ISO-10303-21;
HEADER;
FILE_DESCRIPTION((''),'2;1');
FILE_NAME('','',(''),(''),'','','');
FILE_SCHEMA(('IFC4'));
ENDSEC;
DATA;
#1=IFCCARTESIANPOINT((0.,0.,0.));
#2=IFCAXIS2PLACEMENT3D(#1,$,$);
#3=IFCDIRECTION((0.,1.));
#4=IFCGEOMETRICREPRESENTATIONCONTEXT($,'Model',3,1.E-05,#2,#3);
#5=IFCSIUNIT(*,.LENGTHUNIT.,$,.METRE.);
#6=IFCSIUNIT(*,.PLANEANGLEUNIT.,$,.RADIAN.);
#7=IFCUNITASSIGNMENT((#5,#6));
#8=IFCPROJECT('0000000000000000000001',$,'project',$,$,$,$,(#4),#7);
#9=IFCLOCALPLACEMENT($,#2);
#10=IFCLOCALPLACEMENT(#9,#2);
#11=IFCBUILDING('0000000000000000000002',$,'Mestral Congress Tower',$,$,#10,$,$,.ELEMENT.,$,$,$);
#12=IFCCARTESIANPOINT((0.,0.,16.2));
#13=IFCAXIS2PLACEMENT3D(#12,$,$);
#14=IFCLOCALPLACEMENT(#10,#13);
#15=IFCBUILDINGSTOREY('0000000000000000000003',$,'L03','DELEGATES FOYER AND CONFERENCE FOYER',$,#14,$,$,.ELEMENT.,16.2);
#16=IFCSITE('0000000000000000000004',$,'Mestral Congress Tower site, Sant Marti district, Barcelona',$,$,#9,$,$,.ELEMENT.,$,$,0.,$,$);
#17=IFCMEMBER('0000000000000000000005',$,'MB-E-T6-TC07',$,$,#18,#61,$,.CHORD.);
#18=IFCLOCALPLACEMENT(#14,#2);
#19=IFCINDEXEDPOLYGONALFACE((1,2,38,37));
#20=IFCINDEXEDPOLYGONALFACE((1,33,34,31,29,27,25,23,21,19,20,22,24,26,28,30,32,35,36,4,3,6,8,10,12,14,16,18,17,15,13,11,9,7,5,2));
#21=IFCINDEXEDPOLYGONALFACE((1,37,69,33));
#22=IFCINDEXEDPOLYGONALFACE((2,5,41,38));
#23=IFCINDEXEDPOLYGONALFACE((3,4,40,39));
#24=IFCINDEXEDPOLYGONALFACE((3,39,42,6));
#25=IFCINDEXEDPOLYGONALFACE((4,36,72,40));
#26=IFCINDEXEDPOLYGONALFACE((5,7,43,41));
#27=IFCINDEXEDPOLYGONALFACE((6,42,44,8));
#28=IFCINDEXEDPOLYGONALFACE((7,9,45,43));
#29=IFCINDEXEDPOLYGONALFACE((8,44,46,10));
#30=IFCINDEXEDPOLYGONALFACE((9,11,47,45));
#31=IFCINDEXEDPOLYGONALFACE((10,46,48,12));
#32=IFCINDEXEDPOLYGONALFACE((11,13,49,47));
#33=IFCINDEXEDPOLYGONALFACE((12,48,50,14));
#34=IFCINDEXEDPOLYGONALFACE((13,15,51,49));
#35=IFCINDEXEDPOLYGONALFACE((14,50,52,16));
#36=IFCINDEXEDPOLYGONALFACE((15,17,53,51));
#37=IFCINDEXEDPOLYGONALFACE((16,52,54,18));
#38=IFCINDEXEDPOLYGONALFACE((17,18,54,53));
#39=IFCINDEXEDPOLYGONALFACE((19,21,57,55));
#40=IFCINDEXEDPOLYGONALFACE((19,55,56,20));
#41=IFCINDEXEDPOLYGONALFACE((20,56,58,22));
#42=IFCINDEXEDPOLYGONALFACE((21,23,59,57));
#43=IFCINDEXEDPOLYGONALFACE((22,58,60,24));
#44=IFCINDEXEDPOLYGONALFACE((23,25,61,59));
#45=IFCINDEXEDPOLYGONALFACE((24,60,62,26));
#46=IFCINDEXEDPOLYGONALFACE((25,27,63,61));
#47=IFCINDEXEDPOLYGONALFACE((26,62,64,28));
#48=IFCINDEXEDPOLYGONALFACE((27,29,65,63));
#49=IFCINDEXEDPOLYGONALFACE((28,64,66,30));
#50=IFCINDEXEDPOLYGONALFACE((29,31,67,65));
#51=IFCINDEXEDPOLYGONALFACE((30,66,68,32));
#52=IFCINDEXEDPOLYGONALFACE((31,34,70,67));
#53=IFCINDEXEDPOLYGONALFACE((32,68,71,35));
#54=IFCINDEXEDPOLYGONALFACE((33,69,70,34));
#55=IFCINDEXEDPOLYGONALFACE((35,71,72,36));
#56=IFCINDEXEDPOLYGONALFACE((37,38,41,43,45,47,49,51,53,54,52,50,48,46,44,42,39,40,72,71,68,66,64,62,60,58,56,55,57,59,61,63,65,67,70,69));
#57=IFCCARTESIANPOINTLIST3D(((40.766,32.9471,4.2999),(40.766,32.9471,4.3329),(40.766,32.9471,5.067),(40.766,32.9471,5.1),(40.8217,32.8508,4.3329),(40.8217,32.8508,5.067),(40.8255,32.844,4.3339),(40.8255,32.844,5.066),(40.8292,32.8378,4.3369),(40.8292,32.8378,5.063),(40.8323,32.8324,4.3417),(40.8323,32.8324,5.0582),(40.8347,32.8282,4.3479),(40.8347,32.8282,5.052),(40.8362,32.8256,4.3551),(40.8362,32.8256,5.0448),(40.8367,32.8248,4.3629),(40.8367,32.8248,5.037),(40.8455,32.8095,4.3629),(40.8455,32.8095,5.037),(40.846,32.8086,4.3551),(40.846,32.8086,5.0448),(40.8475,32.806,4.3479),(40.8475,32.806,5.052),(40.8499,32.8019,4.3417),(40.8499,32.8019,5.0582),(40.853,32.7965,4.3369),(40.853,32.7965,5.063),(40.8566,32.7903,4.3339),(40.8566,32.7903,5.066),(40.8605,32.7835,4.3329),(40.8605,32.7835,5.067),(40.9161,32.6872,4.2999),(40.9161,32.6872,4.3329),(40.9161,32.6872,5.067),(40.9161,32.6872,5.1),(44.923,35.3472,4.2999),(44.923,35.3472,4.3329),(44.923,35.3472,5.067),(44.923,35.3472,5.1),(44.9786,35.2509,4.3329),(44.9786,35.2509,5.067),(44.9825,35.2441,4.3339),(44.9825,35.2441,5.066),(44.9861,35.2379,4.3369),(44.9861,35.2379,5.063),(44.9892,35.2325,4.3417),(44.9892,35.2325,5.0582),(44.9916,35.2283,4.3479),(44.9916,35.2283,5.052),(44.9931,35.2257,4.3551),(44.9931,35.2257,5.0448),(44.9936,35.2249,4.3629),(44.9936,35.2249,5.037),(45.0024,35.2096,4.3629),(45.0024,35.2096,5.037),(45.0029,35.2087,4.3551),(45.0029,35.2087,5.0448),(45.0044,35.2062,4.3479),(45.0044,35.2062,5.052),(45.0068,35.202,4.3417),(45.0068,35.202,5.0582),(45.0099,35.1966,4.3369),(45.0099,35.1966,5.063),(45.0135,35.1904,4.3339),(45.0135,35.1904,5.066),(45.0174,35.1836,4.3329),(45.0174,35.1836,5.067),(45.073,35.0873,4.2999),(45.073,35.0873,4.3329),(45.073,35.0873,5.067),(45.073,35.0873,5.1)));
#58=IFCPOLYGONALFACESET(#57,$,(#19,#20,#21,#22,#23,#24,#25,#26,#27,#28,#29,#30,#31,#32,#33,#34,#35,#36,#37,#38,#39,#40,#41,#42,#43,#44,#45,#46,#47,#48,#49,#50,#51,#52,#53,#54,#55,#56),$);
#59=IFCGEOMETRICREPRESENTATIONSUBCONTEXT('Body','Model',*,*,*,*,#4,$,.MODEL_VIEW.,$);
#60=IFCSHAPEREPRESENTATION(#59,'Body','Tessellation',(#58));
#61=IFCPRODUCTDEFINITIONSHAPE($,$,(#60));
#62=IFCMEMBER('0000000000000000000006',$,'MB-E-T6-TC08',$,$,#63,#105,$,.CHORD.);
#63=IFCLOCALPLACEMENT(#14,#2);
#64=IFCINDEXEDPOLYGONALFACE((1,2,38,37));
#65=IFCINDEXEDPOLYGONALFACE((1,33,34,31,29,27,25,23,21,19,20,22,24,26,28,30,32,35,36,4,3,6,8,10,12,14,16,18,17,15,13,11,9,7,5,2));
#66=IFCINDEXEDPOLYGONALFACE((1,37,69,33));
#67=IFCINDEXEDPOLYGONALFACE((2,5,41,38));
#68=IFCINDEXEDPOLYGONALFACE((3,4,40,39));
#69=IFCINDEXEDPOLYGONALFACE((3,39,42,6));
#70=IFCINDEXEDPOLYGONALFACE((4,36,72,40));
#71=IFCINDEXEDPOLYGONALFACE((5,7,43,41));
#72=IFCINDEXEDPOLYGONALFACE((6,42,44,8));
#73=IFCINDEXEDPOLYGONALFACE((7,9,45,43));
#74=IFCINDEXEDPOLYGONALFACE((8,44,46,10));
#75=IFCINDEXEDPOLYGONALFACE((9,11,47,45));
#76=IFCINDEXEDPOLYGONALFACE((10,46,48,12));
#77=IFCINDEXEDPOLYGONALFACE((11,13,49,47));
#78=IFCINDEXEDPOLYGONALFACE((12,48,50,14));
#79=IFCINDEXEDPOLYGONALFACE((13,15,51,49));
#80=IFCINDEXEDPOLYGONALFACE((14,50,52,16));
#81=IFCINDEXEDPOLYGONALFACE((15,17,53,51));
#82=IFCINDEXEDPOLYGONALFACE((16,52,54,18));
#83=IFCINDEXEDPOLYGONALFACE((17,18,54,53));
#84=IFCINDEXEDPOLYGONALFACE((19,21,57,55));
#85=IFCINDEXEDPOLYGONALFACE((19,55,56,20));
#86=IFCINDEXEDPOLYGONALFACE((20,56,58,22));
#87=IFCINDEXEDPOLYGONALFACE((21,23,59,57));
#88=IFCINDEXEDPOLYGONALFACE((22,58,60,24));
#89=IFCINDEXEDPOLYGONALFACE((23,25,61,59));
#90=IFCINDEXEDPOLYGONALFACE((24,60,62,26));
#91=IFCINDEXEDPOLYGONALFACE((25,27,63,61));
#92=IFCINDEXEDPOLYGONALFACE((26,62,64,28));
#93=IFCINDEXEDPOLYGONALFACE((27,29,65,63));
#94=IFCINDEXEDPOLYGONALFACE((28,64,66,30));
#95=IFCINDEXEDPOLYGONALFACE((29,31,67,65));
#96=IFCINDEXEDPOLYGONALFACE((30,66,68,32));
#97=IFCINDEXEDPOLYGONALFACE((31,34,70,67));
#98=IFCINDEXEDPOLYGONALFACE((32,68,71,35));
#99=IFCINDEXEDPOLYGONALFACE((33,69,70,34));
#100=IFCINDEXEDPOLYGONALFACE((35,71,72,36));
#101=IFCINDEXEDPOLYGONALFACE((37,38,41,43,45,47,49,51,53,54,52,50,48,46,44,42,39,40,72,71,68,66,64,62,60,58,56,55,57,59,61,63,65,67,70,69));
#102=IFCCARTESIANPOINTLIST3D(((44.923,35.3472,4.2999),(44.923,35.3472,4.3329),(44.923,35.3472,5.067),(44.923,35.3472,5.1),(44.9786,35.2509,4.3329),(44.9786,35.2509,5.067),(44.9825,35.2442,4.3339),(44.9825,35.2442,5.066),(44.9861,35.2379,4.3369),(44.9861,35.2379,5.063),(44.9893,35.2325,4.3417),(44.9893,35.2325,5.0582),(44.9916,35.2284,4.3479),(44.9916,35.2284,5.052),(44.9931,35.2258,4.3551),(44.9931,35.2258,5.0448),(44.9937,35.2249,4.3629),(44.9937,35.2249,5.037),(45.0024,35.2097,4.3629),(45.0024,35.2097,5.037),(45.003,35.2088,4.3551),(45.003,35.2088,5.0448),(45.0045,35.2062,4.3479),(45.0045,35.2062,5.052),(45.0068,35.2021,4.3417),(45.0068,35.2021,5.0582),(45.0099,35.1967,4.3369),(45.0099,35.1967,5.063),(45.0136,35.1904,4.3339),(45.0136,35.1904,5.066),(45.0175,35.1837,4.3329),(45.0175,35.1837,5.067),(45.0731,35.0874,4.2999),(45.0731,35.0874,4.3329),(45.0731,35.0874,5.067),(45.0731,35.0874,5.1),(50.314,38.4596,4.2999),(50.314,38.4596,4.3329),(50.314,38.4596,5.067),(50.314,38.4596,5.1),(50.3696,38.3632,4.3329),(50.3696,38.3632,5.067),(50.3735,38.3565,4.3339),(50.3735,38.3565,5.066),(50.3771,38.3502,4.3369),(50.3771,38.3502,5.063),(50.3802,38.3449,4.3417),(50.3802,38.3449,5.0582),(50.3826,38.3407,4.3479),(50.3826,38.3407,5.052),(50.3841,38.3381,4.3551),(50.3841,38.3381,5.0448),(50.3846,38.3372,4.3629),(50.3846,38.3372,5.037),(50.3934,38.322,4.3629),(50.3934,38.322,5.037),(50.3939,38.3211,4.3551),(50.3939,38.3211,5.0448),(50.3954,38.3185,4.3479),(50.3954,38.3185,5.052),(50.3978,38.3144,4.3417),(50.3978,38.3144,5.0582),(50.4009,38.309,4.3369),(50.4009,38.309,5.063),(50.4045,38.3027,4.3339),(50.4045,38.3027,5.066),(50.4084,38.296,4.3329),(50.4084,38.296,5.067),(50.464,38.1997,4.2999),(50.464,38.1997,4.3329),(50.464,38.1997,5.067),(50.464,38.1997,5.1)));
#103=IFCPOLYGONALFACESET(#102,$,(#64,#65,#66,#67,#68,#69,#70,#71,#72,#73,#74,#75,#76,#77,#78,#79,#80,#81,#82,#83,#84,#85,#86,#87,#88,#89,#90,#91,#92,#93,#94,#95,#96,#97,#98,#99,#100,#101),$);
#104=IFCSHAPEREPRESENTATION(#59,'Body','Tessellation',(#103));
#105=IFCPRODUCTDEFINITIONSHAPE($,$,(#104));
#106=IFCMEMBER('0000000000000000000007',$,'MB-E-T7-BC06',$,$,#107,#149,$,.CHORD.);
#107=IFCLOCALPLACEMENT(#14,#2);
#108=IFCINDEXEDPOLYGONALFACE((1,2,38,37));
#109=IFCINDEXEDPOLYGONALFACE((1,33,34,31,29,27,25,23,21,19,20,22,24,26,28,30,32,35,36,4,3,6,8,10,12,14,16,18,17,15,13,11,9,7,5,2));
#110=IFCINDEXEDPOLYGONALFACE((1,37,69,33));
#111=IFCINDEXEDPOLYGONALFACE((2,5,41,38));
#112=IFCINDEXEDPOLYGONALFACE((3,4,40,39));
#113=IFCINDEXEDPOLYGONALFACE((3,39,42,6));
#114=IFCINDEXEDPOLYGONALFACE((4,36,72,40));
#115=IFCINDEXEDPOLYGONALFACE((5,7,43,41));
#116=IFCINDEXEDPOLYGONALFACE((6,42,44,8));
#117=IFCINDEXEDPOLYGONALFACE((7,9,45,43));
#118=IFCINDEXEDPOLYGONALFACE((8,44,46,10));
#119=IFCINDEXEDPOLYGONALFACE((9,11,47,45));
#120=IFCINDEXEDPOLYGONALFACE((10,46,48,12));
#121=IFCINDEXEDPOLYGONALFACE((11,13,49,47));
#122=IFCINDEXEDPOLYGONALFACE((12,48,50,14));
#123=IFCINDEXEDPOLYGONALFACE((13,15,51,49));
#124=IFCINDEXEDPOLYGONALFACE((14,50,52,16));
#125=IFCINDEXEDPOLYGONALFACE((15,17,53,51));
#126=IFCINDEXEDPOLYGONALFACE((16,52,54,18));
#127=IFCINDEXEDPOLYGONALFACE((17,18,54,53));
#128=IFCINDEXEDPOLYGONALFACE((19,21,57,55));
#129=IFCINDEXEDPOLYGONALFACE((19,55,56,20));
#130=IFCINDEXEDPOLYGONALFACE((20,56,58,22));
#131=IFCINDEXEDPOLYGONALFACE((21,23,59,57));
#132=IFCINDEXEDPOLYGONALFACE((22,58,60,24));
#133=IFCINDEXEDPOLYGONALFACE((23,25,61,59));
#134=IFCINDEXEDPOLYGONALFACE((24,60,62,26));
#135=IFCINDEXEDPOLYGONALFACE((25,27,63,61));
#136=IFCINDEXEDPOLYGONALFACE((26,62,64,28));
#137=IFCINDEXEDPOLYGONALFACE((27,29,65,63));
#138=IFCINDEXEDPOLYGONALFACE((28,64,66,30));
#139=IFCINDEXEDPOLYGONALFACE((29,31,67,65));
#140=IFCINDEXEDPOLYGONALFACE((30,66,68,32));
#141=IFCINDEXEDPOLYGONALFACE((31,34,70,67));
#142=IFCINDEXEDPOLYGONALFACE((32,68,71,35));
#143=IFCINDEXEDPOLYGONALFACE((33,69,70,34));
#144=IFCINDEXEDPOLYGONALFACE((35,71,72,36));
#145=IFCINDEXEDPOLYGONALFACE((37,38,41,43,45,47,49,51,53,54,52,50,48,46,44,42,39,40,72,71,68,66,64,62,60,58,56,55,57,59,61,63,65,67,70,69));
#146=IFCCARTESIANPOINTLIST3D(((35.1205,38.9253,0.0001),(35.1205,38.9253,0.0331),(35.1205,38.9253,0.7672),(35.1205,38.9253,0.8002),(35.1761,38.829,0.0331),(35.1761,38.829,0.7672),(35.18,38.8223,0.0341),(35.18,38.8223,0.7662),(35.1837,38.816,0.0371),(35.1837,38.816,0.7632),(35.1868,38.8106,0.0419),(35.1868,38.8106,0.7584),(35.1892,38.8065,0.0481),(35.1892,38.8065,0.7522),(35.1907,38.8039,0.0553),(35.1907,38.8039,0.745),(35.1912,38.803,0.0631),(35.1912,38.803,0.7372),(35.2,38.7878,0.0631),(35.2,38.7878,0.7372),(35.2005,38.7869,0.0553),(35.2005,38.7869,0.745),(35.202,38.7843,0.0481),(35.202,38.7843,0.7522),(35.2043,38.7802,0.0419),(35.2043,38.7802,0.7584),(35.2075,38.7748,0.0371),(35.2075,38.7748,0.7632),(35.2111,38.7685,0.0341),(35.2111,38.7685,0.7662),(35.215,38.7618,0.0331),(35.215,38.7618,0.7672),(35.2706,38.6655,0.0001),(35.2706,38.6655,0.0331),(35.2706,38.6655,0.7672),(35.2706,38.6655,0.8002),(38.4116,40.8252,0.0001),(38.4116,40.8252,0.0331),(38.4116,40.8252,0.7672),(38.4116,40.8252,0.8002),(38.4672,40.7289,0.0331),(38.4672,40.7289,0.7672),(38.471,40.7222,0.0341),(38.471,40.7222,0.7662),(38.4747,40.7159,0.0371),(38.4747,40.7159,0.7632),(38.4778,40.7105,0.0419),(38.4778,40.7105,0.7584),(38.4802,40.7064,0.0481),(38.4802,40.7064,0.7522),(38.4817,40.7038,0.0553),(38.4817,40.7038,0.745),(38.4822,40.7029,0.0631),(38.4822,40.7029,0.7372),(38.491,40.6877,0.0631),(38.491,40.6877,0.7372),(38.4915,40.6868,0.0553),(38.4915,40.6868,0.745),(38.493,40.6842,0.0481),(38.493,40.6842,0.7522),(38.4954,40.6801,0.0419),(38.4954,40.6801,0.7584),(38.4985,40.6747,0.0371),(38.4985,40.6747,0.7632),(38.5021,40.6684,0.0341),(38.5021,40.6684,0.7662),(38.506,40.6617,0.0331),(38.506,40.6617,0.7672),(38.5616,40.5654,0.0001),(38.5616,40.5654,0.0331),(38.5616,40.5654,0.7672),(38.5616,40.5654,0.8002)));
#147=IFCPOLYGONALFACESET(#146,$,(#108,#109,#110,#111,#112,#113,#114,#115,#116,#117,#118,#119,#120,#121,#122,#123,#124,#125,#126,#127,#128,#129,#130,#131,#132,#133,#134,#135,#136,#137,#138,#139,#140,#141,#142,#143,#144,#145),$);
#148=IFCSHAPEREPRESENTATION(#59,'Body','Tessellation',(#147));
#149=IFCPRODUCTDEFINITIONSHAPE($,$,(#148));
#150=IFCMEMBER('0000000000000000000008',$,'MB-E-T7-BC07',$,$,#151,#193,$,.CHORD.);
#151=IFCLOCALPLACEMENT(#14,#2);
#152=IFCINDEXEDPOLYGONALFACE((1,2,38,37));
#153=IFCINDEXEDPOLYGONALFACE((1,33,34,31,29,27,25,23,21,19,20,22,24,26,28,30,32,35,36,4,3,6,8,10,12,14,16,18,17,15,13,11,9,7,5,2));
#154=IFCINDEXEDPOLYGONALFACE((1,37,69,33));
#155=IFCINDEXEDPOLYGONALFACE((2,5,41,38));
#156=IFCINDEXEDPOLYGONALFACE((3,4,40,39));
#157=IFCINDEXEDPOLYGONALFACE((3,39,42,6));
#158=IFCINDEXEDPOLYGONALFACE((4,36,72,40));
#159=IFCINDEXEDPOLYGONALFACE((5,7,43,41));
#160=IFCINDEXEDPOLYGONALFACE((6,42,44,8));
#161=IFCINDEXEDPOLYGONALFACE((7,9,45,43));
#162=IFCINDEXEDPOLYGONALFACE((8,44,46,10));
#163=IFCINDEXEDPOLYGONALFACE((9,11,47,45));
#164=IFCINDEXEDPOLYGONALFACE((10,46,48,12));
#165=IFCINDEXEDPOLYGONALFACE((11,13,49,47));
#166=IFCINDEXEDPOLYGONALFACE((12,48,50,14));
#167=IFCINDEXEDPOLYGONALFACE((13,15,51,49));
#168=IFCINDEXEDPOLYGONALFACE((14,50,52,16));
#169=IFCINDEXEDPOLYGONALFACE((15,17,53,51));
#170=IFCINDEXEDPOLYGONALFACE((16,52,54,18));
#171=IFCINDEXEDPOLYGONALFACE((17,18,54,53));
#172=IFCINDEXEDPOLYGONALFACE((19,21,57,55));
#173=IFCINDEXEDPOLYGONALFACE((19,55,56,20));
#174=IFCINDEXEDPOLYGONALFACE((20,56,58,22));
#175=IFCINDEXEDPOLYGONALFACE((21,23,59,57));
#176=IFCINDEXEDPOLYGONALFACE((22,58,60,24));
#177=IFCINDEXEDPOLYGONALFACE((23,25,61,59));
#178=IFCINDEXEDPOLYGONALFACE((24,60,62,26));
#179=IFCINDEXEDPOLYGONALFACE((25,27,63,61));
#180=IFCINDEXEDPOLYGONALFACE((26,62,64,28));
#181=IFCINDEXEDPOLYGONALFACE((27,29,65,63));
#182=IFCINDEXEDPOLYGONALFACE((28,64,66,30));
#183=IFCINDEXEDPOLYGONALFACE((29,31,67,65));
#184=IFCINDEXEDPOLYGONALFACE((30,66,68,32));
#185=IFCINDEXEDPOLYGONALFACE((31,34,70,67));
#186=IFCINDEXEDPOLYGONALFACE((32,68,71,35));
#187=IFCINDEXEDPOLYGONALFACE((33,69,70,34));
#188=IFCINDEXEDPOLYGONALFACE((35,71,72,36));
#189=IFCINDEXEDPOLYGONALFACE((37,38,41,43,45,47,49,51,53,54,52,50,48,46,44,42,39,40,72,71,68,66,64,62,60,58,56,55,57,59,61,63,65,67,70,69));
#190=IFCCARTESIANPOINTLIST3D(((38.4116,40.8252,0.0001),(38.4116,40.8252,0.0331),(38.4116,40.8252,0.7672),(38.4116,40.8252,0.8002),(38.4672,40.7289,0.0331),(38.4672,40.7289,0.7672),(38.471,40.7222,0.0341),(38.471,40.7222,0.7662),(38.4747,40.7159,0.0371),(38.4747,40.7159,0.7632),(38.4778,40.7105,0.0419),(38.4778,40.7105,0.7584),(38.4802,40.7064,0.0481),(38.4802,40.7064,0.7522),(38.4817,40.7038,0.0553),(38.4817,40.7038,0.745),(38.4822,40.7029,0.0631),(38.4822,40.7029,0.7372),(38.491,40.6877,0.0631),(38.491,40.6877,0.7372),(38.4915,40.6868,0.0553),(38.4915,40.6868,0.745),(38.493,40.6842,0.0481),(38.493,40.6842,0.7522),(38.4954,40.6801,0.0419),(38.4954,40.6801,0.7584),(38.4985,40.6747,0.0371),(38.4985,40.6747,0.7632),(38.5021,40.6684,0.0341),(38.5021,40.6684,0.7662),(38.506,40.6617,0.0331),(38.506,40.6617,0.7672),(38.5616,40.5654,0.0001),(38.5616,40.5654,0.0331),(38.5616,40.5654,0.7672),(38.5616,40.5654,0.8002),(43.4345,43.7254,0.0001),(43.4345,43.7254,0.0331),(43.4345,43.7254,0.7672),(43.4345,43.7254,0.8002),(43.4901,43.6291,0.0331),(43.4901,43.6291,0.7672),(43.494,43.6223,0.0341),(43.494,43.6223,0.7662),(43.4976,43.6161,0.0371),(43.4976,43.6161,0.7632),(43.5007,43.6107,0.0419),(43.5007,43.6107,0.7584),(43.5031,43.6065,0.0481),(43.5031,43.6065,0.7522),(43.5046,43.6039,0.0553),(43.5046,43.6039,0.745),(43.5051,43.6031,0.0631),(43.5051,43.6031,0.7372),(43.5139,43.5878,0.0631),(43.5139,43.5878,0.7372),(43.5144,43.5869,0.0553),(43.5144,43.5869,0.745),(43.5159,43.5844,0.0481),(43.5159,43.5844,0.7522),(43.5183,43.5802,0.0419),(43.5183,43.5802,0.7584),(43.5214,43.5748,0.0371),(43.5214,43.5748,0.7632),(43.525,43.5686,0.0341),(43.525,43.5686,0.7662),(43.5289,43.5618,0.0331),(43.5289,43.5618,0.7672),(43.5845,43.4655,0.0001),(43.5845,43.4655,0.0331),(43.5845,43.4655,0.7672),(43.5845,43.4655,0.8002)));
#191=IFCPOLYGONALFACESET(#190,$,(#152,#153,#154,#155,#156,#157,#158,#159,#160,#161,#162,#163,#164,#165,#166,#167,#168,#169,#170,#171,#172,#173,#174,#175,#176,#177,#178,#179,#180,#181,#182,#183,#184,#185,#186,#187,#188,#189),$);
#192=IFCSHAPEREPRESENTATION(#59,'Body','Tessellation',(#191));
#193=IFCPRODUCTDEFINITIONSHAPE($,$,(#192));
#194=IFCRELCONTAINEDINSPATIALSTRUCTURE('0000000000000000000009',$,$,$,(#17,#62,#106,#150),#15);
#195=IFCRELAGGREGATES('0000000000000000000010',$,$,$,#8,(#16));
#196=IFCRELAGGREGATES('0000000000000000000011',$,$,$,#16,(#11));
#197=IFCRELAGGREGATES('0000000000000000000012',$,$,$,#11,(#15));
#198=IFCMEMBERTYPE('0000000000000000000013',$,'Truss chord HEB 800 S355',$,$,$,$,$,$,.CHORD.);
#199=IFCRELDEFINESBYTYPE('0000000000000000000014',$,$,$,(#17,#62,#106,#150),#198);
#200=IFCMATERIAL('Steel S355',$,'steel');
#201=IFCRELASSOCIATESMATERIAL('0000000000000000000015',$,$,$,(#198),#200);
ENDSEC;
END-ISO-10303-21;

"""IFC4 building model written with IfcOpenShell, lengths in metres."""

from ifc_helpers import new_model, si_unit, direction, frame, origin, origin_2d, place, context, subcontext, project, spatial, i_section, extrude, material, material_profile, profile_set, type_object, element, save


model = new_model("IFC4")

# Units and contexts
model_context = context("Model", 3, precision=1e-05, world=origin(), true_north=direction((0.0, 1.0)))
body_context = subcontext(model_context, "Body", "Model", "MODEL_VIEW")
ifc_project = project(units=[si_unit("LENGTHUNIT", "METRE"), si_unit("PLANEANGLEUNIT", "RADIAN")], contexts=[model_context])

# Site, building, storey
site_placement = place(None, origin())
site = spatial("IfcSite", under=ifc_project, at=site_placement, Name="Mestral Congress Tower site, Sant Marti district, Barcelona", CompositionType="ELEMENT", RefElevation=0.0)
building_placement = place(site_placement, origin())
building = spatial("IfcBuilding", under=site, at=building_placement, Name="Mestral Congress Tower", CompositionType="ELEMENT")
storey_placement = place(building_placement, frame((0.0, 0.0, 16.2)))
storey = spatial("IfcBuildingStorey", under=building, at=storey_placement, Name="L03", Description="DELEGATES FOYER AND CONFERENCE FOYER", CompositionType="ELEMENT", Elevation=16.2)

# Members
ifc_material = material(Name="Steel S355", Category="steel")
ifc_material_profile_1 = material_profile(ifc_material, i_section(OverallWidth=0.3, OverallDepth=0.8, WebThickness=0.0176, FlangeThickness=0.033, FilletRadius=0.03, at=origin_2d()), Name="HEB 800")
ifc_profile_set_1 = profile_set([ifc_material_profile_1], Name="Steel S355")
member_type_1 = type_object("IfcMemberType", Name="Truss chord HEB 800 S355", PredefinedType="CHORD", material=ifc_profile_set_1)
for number, where, z_axis, x_axis, name in (
    (1, (40.8411, 32.8171, 4.7), (0.866015, 0.500017, 0.0), (-0.500017, 0.866015, 0.0), "MB-E-T6-TC07"),
):
    element("IfcMember", number, at=place(storey_placement, frame(where, z_axis=z_axis, x_axis=x_axis)), inside=storey, type_object=member_type_1, Name=name, PredefinedType="CHORD", context=body_context, shape_type="SweptSolid", body=[
        extrude(i_section(OverallWidth=0.3, OverallDepth=0.8, WebThickness=0.0176, FlangeThickness=0.033, FilletRadius=0.03, at=origin_2d()), origin(), (0.0, 0.0, 1.0), 4.8),
    ])
member_1_placement = place(storey_placement, frame((44.998, 35.2173, 4.7), z_axis=(0.866033, 0.499986, 0.0), x_axis=(-0.499986, 0.866033, 0.0)))
element("IfcMember", 2, at=member_1_placement, inside=storey, type_object=member_type_1, Name="MB-E-T6-TC08", PredefinedType="CHORD", context=body_context, shape_type="SweptSolid", body=[
    extrude(i_section(OverallWidth=0.3, OverallDepth=0.8, WebThickness=0.0176, FlangeThickness=0.033, FilletRadius=0.03, at=origin_2d()), origin(), (0.0, 0.0, 1.0), 6.2249),
])
member_2_placement = place(storey_placement, frame((35.1956, 38.7954, 0.4001), z_axis=(0.866044, 0.499967, 0.0), x_axis=(-0.499967, 0.866044, 0.0)))
element("IfcMember", 3, at=member_2_placement, inside=storey, type_object=member_type_1, Name="MB-E-T7-BC06", PredefinedType="CHORD", context=body_context, shape_type="SweptSolid", body=[
    extrude(i_section(OverallWidth=0.3, OverallDepth=0.8, WebThickness=0.0176, FlangeThickness=0.033, FilletRadius=0.03, at=origin_2d()), origin(), (0.0, 0.0, 1.0), 3.8),
])
member_3_placement = place(storey_placement, frame((38.4866, 40.6953, 0.4001), z_axis=(0.866015, 0.500019, 0.0), x_axis=(-0.500019, 0.866015, 0.0)))
element("IfcMember", 4, at=member_3_placement, inside=storey, type_object=member_type_1, Name="MB-E-T7-BC07", PredefinedType="CHORD", context=body_context, shape_type="SweptSolid", body=[
    extrude(i_section(OverallWidth=0.3, OverallDepth=0.8, WebThickness=0.0176, FlangeThickness=0.033, FilletRadius=0.03, at=origin_2d()), origin(), (0.0, 0.0, 1.0), 5.8),
])

save(model, "model.ifc")
